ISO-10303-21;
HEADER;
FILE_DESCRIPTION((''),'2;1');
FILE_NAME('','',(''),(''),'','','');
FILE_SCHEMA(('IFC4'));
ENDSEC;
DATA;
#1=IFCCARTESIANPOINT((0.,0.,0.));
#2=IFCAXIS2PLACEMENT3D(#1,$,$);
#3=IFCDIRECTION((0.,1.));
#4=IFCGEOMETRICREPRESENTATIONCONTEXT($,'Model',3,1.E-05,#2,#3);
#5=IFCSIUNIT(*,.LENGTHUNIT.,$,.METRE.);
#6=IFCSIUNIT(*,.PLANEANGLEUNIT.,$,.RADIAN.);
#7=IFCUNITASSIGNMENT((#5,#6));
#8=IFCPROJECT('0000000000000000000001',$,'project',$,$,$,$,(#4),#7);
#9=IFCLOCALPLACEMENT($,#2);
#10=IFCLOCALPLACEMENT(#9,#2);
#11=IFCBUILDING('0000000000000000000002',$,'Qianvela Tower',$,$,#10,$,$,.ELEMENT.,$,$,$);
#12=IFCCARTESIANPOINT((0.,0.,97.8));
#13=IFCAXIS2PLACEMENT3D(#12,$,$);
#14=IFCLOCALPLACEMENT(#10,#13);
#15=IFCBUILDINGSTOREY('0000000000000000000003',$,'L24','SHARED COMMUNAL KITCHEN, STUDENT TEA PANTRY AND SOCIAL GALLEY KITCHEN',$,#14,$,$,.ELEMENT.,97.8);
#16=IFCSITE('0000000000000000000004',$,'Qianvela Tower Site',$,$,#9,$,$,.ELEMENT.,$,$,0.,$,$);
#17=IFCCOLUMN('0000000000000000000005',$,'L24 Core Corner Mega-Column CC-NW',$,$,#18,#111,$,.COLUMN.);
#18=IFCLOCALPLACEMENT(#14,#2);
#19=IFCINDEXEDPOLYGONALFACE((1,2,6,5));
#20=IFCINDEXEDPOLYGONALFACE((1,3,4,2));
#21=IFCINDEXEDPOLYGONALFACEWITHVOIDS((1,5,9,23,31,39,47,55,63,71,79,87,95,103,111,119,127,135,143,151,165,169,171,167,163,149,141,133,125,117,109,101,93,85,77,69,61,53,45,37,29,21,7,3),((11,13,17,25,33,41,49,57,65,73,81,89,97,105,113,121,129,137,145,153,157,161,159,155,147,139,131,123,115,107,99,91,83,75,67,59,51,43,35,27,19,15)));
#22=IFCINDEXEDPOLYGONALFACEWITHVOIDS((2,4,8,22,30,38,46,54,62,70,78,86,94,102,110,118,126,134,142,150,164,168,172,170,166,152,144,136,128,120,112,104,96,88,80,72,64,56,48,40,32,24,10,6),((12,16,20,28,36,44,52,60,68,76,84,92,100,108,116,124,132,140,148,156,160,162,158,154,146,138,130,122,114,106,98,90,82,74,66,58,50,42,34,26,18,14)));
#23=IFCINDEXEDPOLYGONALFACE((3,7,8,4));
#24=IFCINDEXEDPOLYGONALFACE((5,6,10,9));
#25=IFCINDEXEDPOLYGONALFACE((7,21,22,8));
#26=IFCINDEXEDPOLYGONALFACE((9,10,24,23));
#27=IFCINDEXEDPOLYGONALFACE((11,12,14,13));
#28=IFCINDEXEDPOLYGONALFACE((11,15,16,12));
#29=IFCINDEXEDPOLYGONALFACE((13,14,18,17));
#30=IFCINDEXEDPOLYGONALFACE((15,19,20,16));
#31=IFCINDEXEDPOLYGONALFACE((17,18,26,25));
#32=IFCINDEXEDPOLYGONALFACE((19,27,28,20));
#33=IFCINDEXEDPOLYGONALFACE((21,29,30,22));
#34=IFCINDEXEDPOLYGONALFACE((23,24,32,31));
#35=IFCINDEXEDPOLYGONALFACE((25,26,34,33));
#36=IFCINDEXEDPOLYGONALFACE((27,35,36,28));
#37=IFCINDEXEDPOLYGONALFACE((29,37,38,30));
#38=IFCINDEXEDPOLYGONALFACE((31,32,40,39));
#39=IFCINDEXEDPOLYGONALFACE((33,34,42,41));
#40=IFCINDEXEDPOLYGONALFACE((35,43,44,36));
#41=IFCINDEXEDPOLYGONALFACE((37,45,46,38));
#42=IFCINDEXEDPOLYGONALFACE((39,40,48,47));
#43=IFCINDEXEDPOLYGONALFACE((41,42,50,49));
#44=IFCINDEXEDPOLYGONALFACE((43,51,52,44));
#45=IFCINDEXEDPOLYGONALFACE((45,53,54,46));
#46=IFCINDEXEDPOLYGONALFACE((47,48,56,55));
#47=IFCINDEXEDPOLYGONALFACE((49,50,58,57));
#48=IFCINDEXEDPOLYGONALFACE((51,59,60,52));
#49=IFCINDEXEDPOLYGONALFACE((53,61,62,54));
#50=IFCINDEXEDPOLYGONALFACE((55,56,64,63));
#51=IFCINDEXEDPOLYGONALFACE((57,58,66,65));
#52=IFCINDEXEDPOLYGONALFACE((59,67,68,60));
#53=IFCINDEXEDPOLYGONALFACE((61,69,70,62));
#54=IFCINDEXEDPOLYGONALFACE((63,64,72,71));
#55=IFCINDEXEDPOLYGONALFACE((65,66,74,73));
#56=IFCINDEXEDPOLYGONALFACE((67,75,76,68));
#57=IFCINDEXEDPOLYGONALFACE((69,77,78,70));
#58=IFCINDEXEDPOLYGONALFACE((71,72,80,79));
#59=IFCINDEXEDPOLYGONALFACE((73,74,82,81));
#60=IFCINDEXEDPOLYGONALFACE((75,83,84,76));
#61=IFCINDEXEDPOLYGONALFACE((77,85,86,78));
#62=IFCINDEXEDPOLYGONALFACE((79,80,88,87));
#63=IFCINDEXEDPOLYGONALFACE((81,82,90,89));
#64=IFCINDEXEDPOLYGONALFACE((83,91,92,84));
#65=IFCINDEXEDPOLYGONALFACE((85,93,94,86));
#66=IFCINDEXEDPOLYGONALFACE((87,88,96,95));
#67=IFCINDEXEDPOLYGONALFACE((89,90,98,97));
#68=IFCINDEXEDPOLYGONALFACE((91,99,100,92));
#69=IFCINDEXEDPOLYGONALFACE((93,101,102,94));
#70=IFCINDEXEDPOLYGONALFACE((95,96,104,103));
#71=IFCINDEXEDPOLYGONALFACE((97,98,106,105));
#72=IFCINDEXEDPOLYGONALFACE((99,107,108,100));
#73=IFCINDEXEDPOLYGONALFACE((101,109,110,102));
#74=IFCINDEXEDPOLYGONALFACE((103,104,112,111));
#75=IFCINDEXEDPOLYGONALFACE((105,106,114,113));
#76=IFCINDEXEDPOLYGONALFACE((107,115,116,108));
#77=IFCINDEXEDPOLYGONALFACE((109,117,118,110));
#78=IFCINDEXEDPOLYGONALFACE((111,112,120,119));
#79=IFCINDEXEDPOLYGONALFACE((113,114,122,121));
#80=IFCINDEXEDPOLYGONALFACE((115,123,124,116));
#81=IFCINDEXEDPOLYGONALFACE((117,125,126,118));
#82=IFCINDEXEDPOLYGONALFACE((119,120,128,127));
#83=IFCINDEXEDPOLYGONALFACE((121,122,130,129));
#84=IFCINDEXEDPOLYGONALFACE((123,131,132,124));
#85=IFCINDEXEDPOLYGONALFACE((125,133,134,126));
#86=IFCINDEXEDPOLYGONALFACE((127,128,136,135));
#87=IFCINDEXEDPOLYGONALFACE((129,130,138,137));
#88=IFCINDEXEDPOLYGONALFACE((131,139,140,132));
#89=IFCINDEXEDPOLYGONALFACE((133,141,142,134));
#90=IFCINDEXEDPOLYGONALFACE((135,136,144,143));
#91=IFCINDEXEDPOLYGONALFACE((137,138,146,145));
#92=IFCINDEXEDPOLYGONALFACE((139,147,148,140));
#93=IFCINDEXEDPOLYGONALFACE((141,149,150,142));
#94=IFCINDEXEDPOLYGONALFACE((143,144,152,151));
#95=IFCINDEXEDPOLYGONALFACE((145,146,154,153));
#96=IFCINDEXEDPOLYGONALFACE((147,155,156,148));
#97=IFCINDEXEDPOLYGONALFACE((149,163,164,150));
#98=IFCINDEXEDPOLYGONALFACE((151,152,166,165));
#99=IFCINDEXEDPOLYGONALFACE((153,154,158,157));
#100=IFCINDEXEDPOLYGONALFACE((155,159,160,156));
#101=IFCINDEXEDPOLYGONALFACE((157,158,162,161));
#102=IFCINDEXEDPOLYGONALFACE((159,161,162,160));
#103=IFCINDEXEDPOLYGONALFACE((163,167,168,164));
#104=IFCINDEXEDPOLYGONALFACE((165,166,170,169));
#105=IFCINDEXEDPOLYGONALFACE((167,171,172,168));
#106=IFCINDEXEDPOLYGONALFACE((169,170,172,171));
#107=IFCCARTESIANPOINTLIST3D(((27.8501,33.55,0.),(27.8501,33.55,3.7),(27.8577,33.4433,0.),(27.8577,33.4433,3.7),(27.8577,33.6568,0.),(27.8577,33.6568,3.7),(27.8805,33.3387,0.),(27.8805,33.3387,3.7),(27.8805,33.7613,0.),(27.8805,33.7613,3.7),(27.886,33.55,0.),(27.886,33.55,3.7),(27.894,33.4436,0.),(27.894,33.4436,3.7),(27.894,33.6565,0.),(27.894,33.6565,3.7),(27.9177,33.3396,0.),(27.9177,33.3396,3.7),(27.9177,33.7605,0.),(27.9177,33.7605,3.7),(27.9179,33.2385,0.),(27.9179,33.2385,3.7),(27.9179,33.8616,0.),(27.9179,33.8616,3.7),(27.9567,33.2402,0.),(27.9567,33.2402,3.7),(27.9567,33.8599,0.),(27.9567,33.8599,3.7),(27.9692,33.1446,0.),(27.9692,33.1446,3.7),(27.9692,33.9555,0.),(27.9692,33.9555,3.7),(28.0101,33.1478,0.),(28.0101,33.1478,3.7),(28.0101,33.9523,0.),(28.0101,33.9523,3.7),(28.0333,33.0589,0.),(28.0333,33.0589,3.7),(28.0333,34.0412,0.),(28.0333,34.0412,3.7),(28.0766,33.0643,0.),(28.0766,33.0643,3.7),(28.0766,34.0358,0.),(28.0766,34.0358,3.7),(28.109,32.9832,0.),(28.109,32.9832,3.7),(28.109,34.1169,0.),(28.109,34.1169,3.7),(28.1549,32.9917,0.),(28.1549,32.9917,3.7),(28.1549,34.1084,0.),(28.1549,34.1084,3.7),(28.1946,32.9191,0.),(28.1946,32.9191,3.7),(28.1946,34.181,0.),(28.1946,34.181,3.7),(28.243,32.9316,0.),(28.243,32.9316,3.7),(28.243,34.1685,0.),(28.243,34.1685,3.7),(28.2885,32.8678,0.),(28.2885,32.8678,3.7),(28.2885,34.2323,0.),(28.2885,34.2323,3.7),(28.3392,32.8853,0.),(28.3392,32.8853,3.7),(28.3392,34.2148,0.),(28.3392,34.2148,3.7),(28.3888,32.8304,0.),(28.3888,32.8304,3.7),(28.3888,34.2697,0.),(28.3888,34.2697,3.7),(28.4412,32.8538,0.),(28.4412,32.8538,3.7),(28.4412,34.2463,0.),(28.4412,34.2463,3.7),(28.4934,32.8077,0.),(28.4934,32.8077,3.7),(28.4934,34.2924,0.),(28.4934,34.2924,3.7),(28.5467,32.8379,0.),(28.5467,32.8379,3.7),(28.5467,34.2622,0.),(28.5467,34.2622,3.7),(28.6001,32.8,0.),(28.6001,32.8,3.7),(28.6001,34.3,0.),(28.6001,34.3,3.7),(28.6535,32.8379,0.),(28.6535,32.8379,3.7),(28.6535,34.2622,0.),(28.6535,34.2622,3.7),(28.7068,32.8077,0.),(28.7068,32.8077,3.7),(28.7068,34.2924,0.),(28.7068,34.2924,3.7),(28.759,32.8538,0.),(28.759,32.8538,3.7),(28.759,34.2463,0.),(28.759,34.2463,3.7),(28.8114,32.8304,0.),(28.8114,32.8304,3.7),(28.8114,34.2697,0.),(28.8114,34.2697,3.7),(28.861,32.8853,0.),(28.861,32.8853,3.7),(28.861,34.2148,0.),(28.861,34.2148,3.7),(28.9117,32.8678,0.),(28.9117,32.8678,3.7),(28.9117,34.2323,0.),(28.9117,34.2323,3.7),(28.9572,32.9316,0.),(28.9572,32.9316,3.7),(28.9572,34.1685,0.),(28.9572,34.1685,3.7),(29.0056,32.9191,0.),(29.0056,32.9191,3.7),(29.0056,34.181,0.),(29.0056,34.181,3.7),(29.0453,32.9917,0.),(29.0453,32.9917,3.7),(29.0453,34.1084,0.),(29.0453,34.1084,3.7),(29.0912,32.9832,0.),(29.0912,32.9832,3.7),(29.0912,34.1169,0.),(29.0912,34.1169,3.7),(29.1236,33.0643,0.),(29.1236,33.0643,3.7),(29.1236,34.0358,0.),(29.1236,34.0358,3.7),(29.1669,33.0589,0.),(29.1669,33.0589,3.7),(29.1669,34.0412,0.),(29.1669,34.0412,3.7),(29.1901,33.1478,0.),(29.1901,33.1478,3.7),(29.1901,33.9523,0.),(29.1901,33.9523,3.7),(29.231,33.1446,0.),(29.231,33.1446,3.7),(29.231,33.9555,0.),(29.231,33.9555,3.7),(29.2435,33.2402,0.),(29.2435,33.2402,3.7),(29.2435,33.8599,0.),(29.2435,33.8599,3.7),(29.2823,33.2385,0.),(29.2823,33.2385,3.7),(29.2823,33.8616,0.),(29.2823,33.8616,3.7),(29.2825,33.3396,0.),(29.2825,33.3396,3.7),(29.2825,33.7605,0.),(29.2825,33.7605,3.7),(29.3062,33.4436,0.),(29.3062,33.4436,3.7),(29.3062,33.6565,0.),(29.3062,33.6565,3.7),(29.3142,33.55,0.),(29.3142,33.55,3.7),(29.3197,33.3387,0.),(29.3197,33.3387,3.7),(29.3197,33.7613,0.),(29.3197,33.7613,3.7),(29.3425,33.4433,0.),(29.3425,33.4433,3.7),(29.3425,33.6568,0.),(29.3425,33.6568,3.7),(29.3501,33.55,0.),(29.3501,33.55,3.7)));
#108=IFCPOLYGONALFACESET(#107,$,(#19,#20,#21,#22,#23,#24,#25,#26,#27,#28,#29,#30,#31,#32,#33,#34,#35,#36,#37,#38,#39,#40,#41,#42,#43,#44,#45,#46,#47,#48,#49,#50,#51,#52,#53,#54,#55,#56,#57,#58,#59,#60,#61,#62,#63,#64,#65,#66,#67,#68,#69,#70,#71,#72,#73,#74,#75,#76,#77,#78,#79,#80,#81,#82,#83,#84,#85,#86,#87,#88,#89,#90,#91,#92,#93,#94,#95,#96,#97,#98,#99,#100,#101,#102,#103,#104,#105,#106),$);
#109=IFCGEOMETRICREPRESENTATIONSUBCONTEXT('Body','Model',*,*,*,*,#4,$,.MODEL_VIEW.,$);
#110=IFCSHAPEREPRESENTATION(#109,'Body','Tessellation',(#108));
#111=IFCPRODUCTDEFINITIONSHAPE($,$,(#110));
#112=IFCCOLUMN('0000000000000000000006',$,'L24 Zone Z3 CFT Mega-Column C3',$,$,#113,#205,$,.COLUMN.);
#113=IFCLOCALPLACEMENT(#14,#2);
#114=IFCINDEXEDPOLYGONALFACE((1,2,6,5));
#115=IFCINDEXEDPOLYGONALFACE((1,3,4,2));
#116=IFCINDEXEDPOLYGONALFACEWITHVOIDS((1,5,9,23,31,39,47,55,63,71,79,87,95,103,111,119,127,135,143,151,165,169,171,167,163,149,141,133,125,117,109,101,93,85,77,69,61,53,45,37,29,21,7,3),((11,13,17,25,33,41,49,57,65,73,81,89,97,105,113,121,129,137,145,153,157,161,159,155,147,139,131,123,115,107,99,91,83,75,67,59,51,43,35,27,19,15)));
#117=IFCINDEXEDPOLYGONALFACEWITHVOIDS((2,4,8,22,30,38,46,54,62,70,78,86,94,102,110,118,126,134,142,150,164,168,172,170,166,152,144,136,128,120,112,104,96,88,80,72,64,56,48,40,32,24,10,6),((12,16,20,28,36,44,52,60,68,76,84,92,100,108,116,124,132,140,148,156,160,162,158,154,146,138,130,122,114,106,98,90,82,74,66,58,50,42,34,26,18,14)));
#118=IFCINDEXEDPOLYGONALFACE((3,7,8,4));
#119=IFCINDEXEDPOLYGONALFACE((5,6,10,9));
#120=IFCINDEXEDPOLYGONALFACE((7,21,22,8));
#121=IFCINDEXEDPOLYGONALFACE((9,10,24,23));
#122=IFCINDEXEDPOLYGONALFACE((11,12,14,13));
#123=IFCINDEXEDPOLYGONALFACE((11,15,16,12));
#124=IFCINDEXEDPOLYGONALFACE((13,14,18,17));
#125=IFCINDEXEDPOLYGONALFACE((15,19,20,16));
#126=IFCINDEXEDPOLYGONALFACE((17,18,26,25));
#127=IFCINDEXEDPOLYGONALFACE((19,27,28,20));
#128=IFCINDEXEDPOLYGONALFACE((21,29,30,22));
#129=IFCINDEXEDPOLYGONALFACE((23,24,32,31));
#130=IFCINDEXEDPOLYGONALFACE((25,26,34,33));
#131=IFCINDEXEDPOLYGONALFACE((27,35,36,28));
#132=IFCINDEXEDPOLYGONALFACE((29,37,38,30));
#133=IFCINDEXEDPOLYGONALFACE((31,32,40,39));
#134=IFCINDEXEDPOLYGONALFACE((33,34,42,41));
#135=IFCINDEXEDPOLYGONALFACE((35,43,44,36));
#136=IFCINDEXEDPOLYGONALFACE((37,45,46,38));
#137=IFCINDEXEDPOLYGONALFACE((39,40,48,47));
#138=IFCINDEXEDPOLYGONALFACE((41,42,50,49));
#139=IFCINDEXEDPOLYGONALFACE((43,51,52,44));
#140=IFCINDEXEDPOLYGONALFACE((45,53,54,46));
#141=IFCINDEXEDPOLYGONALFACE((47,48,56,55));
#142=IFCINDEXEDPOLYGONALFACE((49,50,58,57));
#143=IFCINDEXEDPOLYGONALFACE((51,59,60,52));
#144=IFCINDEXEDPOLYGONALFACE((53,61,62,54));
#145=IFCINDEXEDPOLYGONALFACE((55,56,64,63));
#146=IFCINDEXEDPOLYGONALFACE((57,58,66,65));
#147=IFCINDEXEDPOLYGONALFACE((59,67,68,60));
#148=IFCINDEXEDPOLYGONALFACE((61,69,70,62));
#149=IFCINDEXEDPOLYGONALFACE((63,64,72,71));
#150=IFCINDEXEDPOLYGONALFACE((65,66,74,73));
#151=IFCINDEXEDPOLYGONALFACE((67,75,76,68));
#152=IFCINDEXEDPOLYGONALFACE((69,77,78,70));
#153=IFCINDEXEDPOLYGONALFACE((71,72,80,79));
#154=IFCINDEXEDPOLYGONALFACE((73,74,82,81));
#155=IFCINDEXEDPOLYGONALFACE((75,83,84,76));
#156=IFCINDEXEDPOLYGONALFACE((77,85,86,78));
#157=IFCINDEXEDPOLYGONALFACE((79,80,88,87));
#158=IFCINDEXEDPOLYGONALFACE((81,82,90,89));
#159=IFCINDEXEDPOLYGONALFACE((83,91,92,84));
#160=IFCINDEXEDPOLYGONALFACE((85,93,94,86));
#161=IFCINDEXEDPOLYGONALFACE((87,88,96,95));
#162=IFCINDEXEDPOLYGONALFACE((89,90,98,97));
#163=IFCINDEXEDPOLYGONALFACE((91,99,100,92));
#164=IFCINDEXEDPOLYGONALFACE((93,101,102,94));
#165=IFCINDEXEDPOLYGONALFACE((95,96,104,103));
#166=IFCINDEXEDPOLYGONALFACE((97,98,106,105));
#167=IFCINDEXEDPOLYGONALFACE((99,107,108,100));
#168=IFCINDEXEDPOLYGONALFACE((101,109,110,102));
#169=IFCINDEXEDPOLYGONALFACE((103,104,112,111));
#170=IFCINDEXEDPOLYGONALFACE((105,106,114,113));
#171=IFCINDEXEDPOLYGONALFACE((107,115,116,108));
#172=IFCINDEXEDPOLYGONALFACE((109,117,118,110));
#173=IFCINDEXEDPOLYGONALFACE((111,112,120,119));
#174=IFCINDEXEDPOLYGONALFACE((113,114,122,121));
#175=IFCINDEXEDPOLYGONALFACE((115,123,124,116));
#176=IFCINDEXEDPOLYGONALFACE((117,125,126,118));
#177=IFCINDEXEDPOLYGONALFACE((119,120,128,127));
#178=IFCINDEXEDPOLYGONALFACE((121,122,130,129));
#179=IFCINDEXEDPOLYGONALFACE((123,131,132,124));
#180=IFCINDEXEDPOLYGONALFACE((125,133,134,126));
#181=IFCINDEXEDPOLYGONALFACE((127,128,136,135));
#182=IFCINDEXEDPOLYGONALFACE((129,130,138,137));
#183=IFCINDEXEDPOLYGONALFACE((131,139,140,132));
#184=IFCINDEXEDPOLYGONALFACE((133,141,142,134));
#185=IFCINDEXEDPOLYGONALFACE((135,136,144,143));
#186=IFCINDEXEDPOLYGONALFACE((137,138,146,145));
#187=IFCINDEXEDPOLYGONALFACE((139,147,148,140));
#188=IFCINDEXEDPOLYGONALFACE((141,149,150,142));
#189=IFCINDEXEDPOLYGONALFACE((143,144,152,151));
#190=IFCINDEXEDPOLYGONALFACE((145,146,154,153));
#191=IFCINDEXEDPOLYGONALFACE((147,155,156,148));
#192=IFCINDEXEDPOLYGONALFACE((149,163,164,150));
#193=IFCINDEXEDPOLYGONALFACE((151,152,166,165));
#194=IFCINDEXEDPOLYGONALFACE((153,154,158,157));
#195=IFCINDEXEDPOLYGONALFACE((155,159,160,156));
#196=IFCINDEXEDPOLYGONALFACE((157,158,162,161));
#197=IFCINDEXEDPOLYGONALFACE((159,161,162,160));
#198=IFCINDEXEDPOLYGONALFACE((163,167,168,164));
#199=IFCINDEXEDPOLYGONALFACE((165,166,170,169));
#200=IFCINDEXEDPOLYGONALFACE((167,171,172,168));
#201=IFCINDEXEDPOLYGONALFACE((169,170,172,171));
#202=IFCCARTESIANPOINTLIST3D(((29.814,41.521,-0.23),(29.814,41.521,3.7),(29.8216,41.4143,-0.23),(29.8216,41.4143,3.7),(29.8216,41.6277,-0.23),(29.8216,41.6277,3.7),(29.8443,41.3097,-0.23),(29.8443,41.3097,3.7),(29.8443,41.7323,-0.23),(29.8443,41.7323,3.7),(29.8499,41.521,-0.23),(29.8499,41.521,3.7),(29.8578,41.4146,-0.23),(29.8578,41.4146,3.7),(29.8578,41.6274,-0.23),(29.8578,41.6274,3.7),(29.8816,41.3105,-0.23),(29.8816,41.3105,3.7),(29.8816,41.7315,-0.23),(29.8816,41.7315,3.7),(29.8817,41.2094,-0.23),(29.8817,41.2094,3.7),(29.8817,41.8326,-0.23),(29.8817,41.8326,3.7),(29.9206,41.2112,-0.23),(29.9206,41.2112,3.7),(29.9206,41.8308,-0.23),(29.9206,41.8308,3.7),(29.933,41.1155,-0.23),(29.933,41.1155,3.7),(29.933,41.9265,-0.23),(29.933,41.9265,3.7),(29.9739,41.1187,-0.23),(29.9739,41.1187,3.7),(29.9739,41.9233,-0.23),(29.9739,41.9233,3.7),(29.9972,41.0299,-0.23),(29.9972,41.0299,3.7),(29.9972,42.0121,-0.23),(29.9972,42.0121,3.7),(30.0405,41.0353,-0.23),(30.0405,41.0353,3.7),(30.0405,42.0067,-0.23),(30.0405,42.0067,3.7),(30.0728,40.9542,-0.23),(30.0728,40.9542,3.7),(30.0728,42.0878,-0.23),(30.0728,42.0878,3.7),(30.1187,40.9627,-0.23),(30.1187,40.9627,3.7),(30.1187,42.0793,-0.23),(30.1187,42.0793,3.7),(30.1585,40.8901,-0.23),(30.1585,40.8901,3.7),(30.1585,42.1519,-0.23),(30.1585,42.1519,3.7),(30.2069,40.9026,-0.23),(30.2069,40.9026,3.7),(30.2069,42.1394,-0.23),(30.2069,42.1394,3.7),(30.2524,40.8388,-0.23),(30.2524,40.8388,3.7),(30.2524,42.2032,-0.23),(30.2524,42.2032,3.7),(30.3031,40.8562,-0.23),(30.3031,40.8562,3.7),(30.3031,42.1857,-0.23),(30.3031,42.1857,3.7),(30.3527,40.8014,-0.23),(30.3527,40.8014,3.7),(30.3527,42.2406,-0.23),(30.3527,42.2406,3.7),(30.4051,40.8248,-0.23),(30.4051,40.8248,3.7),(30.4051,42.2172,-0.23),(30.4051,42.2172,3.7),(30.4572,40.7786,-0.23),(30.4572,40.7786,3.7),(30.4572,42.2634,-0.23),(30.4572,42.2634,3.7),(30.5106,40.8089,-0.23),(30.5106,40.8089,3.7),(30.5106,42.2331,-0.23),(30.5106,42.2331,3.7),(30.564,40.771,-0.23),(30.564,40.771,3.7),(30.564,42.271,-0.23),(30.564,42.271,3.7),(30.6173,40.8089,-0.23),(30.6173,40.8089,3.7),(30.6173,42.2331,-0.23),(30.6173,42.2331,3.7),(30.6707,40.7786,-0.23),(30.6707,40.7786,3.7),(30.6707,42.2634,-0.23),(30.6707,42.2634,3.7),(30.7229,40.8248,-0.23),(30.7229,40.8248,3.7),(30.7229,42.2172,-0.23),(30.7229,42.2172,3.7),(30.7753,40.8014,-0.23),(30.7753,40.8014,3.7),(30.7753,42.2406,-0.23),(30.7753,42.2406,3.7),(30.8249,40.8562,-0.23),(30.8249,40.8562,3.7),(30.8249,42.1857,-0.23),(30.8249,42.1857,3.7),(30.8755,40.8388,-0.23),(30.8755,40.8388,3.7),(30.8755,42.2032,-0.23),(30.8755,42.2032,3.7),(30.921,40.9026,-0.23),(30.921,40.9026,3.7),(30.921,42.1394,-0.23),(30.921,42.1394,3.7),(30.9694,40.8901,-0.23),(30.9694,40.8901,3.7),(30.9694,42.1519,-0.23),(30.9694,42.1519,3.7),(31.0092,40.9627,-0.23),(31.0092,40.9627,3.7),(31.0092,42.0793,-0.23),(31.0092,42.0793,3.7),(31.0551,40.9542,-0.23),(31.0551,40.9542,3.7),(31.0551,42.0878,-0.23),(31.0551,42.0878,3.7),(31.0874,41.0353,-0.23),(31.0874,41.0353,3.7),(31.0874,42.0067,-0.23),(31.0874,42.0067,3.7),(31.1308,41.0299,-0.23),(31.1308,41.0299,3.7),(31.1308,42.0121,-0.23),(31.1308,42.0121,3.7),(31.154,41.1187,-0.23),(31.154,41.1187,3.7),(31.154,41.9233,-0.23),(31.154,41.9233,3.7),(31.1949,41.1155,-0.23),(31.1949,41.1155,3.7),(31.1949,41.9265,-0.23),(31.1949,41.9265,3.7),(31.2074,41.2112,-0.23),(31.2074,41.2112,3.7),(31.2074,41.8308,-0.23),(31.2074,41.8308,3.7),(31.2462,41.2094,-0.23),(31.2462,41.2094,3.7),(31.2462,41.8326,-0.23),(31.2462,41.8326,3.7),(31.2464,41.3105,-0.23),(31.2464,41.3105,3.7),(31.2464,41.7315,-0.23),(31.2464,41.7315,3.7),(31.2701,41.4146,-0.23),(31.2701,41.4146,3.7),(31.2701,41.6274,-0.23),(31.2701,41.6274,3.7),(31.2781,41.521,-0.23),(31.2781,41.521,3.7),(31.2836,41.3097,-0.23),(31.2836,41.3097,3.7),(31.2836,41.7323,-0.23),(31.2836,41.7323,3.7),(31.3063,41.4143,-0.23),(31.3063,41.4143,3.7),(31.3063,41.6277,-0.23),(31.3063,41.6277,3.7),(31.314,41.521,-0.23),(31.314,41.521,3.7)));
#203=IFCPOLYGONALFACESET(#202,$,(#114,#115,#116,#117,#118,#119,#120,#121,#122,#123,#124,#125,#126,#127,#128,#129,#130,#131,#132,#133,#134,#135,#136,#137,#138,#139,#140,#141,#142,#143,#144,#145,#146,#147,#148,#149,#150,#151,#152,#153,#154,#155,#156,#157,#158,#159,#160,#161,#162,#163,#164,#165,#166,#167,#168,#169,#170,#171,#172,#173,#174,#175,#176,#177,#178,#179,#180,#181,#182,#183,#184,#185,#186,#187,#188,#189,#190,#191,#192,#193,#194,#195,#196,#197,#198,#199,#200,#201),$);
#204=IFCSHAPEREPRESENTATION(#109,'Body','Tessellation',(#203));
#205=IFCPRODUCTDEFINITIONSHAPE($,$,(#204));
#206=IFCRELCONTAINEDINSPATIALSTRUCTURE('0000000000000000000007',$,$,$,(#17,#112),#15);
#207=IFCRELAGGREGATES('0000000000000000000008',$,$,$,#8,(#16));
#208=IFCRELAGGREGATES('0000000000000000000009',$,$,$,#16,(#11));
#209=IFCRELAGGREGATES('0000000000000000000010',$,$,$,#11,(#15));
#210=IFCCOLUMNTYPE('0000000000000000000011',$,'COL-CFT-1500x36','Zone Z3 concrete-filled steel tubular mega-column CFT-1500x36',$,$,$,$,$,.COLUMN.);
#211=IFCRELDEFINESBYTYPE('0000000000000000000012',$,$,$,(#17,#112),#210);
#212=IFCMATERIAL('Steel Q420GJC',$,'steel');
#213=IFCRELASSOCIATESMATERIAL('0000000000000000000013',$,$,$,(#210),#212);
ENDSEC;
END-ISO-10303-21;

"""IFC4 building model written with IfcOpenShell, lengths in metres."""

from ifc_helpers import new_model, si_unit, direction, frame, origin, origin_2d, place, context, subcontext, project, spatial, hollow_circle, extrude, material, material_profile, profile_set, type_object, element, save


model = new_model("IFC4")

# Units and contexts
model_context = context("Model", 3, precision=1e-05, world=origin(), true_north=direction((0.0, 1.0)))
body_context = subcontext(model_context, "Body", "Model", "MODEL_VIEW")
ifc_project = project(units=[si_unit("LENGTHUNIT", "METRE"), si_unit("PLANEANGLEUNIT", "RADIAN")], contexts=[model_context])

# Site, building, storey
site_placement = place(None, origin())
site = spatial("IfcSite", under=ifc_project, at=site_placement, Name="Qianvela Tower Site", CompositionType="ELEMENT", RefElevation=0.0)
building_placement = place(site_placement, origin())
building = spatial("IfcBuilding", under=site, at=building_placement, Name="Qianvela Tower", CompositionType="ELEMENT")
storey_placement = place(building_placement, frame((0.0, 0.0, 97.8)))
storey = spatial("IfcBuildingStorey", under=building, at=storey_placement, Name="L24", Description="SHARED COMMUNAL KITCHEN, STUDENT TEA PANTRY AND SOCIAL GALLEY KITCHEN", CompositionType="ELEMENT", Elevation=97.8)

# Columns
ifc_material_1 = material(Name="Steel Q420GJC", Category="steel")
ifc_material_profile_1 = material_profile(ifc_material_1, hollow_circle(Radius=0.75, WallThickness=0.0359, at=origin_2d()), Name="CFT-1500x36")
ifc_profile_set_1 = profile_set([ifc_material_profile_1], Name="Steel Q420GJC")
column_type = type_object("IfcColumnType", Name="COL-CFT-1500x36", Description="Zone Z3 concrete-filled steel tubular mega-column CFT-1500x36", PredefinedType="COLUMN", material=ifc_profile_set_1)
column_1_placement = place(storey_placement, frame((28.6001, 33.55, 0.0), z_axis=(0.0, 0.0, 1.0), x_axis=(1.0, 0.0, 0.0)))
element("IfcColumn", 1, at=column_1_placement, inside=storey, type_object=column_type, Name="L24 Core Corner Mega-Column CC-NW", PredefinedType="COLUMN", context=body_context, shape_type="SweptSolid", body=[
    extrude(hollow_circle(Radius=0.75, WallThickness=0.0359, at=origin_2d()), origin(), (0.0, 0.0, 1.0), 3.7),
])
column_2_placement = place(storey_placement, frame((30.564, 41.521, -0.23), z_axis=(0.0, 0.0, 1.0), x_axis=(1.0, 0.0, 0.0)))
element("IfcColumn", 2, at=column_2_placement, inside=storey, type_object=column_type, Name="L24 Zone Z3 CFT Mega-Column C3", PredefinedType="COLUMN", context=body_context, shape_type="SweptSolid", body=[
    extrude(hollow_circle(Radius=0.75, WallThickness=0.0359, at=origin_2d()), origin(), (0.0, 0.0, 1.0), 3.9299),
])

save(model, "model.ifc")
